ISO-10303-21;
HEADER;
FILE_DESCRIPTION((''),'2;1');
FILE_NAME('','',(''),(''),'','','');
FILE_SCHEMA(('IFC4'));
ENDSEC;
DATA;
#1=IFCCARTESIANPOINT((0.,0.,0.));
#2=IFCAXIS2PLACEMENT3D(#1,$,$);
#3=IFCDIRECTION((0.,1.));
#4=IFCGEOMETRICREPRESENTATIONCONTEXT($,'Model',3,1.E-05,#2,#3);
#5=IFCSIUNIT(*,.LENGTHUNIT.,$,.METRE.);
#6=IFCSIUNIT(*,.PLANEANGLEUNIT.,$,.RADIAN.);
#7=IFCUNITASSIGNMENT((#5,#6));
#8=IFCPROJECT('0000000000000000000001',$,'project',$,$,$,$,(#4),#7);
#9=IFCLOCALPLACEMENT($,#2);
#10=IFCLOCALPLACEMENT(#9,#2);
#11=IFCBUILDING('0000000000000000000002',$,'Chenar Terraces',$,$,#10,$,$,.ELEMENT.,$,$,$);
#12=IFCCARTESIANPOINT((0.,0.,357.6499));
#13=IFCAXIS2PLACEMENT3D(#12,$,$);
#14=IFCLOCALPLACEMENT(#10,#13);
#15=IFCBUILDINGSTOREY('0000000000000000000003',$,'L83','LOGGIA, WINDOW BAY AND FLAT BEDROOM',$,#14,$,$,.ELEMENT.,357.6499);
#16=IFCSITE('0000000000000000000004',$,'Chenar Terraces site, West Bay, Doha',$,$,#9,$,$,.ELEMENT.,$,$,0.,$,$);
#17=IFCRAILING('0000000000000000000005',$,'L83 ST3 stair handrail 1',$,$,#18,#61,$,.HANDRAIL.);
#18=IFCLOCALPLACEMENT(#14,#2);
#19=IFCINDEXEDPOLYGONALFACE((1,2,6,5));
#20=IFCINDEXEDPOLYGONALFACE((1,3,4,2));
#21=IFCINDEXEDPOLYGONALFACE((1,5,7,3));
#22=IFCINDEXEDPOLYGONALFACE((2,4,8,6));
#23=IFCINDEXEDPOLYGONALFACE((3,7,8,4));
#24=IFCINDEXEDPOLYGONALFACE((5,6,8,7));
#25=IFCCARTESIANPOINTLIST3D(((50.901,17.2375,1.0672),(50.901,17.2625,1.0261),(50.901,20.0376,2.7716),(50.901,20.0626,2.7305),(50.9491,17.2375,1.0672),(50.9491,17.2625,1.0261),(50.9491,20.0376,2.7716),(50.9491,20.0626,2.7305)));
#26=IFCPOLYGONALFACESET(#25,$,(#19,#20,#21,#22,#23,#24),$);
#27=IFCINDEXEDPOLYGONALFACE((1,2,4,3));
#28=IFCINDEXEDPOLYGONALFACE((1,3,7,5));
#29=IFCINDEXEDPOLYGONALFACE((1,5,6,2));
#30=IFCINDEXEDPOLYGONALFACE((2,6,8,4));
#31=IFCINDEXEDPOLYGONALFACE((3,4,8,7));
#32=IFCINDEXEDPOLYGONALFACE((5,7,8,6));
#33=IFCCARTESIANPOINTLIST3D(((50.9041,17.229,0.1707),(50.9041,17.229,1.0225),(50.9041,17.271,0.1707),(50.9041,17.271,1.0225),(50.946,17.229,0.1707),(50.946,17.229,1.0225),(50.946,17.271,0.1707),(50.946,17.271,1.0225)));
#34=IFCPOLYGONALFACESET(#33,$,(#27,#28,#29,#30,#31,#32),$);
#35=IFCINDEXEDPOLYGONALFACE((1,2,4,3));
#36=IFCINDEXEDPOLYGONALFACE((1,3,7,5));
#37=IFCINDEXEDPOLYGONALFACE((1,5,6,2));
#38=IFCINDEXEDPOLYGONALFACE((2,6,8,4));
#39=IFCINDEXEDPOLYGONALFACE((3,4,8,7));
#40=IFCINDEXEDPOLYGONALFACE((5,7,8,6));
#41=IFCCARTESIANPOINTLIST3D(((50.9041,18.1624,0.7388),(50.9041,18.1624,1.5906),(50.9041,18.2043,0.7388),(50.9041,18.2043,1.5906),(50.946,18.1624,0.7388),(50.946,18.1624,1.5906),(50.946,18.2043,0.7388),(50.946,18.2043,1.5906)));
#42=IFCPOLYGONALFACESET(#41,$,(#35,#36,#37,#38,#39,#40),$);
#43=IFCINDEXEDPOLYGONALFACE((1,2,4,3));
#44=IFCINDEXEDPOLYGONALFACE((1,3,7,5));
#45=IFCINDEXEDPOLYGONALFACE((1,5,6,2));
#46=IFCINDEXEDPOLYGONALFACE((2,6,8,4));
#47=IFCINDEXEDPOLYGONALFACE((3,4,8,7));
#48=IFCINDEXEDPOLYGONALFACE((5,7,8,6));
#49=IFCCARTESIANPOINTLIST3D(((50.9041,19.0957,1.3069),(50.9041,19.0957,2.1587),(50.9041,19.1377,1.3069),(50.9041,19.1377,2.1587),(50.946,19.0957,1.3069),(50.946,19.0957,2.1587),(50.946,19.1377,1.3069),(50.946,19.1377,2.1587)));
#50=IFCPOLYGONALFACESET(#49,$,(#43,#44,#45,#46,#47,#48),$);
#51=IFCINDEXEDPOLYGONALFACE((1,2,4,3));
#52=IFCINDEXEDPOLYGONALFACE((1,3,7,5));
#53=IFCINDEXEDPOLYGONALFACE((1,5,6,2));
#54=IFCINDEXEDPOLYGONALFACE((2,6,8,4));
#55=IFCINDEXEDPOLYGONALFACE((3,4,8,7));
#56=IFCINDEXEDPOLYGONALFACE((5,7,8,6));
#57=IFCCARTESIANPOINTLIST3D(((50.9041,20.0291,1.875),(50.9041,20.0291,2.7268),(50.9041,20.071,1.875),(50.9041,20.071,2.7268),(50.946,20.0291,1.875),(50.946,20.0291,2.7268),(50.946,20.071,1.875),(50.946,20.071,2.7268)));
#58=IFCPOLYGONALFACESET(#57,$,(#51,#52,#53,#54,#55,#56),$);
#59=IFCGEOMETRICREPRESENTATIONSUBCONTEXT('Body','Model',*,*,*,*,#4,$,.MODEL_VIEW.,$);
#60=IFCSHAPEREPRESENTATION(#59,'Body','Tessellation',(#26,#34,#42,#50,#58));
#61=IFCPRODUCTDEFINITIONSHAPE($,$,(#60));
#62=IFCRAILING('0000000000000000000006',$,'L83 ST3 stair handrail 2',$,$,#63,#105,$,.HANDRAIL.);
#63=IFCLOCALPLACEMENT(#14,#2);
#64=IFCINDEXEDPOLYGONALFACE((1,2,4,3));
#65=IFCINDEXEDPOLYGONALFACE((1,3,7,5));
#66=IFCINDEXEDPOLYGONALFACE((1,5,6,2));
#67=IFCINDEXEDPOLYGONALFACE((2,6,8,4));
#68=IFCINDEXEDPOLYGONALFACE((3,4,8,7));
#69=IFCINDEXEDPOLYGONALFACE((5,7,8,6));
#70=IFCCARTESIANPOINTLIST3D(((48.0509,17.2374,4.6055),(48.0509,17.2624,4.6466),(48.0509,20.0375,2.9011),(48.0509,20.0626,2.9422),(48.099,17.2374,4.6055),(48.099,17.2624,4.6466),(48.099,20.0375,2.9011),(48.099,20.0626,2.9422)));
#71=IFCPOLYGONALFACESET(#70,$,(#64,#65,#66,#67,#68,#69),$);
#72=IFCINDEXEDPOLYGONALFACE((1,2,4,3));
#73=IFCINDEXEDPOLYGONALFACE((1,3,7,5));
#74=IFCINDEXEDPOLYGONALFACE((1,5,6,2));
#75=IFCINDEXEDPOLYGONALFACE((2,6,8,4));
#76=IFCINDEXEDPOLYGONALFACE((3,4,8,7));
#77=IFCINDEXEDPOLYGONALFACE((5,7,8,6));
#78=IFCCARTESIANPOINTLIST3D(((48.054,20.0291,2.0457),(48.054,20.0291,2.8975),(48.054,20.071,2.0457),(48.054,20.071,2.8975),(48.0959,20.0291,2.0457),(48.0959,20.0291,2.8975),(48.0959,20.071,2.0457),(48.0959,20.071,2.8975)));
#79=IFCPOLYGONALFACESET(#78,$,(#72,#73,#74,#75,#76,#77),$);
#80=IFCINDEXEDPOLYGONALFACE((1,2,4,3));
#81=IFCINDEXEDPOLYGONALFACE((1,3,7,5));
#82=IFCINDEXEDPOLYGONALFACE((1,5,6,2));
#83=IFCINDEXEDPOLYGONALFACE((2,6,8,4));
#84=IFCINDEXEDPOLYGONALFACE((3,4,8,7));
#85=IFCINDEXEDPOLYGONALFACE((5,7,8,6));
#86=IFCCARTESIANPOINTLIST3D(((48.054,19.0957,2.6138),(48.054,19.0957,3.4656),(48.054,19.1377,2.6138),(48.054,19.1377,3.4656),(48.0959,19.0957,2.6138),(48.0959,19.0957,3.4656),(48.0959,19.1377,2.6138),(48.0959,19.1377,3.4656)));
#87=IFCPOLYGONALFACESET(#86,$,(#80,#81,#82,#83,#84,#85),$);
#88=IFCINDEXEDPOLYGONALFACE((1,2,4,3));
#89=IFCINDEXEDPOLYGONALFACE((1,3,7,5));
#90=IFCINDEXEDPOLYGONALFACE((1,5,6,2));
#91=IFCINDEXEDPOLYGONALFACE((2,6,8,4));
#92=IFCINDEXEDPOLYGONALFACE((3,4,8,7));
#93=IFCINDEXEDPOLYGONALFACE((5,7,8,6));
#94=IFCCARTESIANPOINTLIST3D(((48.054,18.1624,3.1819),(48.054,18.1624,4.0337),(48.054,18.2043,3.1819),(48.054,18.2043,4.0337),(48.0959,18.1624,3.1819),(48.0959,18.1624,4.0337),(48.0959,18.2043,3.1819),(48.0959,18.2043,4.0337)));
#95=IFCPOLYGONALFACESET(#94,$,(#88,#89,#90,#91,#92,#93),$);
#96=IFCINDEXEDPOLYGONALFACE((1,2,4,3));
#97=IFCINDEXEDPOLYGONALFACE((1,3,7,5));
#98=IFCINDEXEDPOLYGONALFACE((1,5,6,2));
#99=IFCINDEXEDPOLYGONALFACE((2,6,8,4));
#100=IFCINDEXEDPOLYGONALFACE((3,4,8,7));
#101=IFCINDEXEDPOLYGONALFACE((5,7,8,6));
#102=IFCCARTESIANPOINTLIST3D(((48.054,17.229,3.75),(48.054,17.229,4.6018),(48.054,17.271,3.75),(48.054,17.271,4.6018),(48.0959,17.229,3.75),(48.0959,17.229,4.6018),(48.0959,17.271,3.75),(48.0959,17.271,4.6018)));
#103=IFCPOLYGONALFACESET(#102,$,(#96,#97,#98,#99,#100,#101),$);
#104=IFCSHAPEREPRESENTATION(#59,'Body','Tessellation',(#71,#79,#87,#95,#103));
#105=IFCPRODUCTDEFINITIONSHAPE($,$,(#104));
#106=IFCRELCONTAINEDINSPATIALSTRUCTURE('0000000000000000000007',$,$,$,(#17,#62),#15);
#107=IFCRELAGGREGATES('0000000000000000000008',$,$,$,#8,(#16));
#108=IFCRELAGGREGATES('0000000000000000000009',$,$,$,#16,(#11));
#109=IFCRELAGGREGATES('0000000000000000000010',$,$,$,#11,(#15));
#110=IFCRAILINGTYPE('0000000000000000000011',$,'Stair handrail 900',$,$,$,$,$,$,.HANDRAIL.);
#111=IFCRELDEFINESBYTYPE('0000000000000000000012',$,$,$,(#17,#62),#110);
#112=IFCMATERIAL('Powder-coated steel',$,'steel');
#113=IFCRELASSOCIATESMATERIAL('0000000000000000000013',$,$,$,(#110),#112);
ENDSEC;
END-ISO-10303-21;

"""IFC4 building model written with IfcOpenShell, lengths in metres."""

from ifc_helpers import new_model, si_unit, direction, frame, origin, origin_2d, place, context, subcontext, project, spatial, rectangle, extrude, material, type_object, element, save


model = new_model("IFC4")

# Units and contexts
model_context = context("Model", 3, precision=1e-05, world=origin(), true_north=direction((0.0, 1.0)))
body_context = subcontext(model_context, "Body", "Model", "MODEL_VIEW")
ifc_project = project(units=[si_unit("LENGTHUNIT", "METRE"), si_unit("PLANEANGLEUNIT", "RADIAN")], contexts=[model_context])

# Site, building, storey
site_placement = place(None, origin())
site = spatial("IfcSite", under=ifc_project, at=site_placement, Name="Chenar Terraces site, West Bay, Doha", CompositionType="ELEMENT", RefElevation=0.0)
building_placement = place(site_placement, origin())
building = spatial("IfcBuilding", under=site, at=building_placement, Name="Chenar Terraces", CompositionType="ELEMENT")
storey_placement = place(building_placement, frame((0.0, 0.0, 357.6499)))
storey = spatial("IfcBuildingStorey", under=building, at=storey_placement, Name="L83", Description="LOGGIA, WINDOW BAY AND FLAT BEDROOM", CompositionType="ELEMENT", Elevation=357.6499)

# Railings
ifc_material_1 = material(Name="Powder-coated steel", Category="steel")
railing_type_1 = type_object("IfcRailingType", Name="Stair handrail 900", PredefinedType="HANDRAIL", material=ifc_material_1)
railing_1_placement = place(storey_placement, frame((50.925, 17.25, 0.1707)))
element("IfcRailing", 1, at=railing_1_placement, inside=storey, type_object=railing_type_1, Name="L83 ST3 stair handrail 1", PredefinedType="HANDRAIL", context=body_context, shape_type="SweptSolid", body=[
    extrude(rectangle(XDim=0.0481, YDim=0.0481, at=origin_2d()), frame((0.0, 0.0, 0.876), z_axis=(0.0, 0.854203, 0.51994), x_axis=(-1.0, 0.0, 0.0)), (0.0, 0.0, 1.0), 3.2781),
    extrude(rectangle(XDim=0.042, YDim=0.042, at=origin_2d()), origin(), (0.0, 0.0, 1.0), 0.8518),
    extrude(rectangle(XDim=0.042, YDim=0.042, at=origin_2d()), frame((0.0, 0.9333, 0.5681)), (0.0, 0.0, 1.0), 0.8518),
    extrude(rectangle(XDim=0.042, YDim=0.042, at=origin_2d()), frame((0.0, 1.8667, 1.1362)), (0.0, 0.0, 1.0), 0.8518),
    extrude(rectangle(XDim=0.042, YDim=0.042, at=origin_2d()), frame((0.0, 2.8, 1.7043)), (0.0, 0.0, 1.0), 0.8518),
])
railing_2_placement = place(storey_placement, frame((48.075, 20.05, 2.0457)))
element("IfcRailing", 2, at=railing_2_placement, inside=storey, type_object=railing_type_1, Name="L83 ST3 stair handrail 2", PredefinedType="HANDRAIL", context=body_context, shape_type="SweptSolid", body=[
    extrude(rectangle(XDim=0.0481, YDim=0.0481, at=origin_2d()), frame((0.0, 0.0, 0.876), z_axis=(0.0, -0.854203, 0.51994), x_axis=(1.0, 0.0, 0.0)), (0.0, 0.0, 1.0), 3.2781),
    extrude(rectangle(XDim=0.042, YDim=0.042, at=origin_2d()), origin(), (0.0, 0.0, 1.0), 0.8518),
    extrude(rectangle(XDim=0.042, YDim=0.042, at=origin_2d()), frame((0.0, -0.9333, 0.5681)), (0.0, 0.0, 1.0), 0.8518),
    extrude(rectangle(XDim=0.042, YDim=0.042, at=origin_2d()), frame((0.0, -1.8667, 1.1362)), (0.0, 0.0, 1.0), 0.8518),
    extrude(rectangle(XDim=0.042, YDim=0.042, at=origin_2d()), frame((0.0, -2.8, 1.7043)), (0.0, 0.0, 1.0), 0.8518),
])

save(model, "model.ifc")
